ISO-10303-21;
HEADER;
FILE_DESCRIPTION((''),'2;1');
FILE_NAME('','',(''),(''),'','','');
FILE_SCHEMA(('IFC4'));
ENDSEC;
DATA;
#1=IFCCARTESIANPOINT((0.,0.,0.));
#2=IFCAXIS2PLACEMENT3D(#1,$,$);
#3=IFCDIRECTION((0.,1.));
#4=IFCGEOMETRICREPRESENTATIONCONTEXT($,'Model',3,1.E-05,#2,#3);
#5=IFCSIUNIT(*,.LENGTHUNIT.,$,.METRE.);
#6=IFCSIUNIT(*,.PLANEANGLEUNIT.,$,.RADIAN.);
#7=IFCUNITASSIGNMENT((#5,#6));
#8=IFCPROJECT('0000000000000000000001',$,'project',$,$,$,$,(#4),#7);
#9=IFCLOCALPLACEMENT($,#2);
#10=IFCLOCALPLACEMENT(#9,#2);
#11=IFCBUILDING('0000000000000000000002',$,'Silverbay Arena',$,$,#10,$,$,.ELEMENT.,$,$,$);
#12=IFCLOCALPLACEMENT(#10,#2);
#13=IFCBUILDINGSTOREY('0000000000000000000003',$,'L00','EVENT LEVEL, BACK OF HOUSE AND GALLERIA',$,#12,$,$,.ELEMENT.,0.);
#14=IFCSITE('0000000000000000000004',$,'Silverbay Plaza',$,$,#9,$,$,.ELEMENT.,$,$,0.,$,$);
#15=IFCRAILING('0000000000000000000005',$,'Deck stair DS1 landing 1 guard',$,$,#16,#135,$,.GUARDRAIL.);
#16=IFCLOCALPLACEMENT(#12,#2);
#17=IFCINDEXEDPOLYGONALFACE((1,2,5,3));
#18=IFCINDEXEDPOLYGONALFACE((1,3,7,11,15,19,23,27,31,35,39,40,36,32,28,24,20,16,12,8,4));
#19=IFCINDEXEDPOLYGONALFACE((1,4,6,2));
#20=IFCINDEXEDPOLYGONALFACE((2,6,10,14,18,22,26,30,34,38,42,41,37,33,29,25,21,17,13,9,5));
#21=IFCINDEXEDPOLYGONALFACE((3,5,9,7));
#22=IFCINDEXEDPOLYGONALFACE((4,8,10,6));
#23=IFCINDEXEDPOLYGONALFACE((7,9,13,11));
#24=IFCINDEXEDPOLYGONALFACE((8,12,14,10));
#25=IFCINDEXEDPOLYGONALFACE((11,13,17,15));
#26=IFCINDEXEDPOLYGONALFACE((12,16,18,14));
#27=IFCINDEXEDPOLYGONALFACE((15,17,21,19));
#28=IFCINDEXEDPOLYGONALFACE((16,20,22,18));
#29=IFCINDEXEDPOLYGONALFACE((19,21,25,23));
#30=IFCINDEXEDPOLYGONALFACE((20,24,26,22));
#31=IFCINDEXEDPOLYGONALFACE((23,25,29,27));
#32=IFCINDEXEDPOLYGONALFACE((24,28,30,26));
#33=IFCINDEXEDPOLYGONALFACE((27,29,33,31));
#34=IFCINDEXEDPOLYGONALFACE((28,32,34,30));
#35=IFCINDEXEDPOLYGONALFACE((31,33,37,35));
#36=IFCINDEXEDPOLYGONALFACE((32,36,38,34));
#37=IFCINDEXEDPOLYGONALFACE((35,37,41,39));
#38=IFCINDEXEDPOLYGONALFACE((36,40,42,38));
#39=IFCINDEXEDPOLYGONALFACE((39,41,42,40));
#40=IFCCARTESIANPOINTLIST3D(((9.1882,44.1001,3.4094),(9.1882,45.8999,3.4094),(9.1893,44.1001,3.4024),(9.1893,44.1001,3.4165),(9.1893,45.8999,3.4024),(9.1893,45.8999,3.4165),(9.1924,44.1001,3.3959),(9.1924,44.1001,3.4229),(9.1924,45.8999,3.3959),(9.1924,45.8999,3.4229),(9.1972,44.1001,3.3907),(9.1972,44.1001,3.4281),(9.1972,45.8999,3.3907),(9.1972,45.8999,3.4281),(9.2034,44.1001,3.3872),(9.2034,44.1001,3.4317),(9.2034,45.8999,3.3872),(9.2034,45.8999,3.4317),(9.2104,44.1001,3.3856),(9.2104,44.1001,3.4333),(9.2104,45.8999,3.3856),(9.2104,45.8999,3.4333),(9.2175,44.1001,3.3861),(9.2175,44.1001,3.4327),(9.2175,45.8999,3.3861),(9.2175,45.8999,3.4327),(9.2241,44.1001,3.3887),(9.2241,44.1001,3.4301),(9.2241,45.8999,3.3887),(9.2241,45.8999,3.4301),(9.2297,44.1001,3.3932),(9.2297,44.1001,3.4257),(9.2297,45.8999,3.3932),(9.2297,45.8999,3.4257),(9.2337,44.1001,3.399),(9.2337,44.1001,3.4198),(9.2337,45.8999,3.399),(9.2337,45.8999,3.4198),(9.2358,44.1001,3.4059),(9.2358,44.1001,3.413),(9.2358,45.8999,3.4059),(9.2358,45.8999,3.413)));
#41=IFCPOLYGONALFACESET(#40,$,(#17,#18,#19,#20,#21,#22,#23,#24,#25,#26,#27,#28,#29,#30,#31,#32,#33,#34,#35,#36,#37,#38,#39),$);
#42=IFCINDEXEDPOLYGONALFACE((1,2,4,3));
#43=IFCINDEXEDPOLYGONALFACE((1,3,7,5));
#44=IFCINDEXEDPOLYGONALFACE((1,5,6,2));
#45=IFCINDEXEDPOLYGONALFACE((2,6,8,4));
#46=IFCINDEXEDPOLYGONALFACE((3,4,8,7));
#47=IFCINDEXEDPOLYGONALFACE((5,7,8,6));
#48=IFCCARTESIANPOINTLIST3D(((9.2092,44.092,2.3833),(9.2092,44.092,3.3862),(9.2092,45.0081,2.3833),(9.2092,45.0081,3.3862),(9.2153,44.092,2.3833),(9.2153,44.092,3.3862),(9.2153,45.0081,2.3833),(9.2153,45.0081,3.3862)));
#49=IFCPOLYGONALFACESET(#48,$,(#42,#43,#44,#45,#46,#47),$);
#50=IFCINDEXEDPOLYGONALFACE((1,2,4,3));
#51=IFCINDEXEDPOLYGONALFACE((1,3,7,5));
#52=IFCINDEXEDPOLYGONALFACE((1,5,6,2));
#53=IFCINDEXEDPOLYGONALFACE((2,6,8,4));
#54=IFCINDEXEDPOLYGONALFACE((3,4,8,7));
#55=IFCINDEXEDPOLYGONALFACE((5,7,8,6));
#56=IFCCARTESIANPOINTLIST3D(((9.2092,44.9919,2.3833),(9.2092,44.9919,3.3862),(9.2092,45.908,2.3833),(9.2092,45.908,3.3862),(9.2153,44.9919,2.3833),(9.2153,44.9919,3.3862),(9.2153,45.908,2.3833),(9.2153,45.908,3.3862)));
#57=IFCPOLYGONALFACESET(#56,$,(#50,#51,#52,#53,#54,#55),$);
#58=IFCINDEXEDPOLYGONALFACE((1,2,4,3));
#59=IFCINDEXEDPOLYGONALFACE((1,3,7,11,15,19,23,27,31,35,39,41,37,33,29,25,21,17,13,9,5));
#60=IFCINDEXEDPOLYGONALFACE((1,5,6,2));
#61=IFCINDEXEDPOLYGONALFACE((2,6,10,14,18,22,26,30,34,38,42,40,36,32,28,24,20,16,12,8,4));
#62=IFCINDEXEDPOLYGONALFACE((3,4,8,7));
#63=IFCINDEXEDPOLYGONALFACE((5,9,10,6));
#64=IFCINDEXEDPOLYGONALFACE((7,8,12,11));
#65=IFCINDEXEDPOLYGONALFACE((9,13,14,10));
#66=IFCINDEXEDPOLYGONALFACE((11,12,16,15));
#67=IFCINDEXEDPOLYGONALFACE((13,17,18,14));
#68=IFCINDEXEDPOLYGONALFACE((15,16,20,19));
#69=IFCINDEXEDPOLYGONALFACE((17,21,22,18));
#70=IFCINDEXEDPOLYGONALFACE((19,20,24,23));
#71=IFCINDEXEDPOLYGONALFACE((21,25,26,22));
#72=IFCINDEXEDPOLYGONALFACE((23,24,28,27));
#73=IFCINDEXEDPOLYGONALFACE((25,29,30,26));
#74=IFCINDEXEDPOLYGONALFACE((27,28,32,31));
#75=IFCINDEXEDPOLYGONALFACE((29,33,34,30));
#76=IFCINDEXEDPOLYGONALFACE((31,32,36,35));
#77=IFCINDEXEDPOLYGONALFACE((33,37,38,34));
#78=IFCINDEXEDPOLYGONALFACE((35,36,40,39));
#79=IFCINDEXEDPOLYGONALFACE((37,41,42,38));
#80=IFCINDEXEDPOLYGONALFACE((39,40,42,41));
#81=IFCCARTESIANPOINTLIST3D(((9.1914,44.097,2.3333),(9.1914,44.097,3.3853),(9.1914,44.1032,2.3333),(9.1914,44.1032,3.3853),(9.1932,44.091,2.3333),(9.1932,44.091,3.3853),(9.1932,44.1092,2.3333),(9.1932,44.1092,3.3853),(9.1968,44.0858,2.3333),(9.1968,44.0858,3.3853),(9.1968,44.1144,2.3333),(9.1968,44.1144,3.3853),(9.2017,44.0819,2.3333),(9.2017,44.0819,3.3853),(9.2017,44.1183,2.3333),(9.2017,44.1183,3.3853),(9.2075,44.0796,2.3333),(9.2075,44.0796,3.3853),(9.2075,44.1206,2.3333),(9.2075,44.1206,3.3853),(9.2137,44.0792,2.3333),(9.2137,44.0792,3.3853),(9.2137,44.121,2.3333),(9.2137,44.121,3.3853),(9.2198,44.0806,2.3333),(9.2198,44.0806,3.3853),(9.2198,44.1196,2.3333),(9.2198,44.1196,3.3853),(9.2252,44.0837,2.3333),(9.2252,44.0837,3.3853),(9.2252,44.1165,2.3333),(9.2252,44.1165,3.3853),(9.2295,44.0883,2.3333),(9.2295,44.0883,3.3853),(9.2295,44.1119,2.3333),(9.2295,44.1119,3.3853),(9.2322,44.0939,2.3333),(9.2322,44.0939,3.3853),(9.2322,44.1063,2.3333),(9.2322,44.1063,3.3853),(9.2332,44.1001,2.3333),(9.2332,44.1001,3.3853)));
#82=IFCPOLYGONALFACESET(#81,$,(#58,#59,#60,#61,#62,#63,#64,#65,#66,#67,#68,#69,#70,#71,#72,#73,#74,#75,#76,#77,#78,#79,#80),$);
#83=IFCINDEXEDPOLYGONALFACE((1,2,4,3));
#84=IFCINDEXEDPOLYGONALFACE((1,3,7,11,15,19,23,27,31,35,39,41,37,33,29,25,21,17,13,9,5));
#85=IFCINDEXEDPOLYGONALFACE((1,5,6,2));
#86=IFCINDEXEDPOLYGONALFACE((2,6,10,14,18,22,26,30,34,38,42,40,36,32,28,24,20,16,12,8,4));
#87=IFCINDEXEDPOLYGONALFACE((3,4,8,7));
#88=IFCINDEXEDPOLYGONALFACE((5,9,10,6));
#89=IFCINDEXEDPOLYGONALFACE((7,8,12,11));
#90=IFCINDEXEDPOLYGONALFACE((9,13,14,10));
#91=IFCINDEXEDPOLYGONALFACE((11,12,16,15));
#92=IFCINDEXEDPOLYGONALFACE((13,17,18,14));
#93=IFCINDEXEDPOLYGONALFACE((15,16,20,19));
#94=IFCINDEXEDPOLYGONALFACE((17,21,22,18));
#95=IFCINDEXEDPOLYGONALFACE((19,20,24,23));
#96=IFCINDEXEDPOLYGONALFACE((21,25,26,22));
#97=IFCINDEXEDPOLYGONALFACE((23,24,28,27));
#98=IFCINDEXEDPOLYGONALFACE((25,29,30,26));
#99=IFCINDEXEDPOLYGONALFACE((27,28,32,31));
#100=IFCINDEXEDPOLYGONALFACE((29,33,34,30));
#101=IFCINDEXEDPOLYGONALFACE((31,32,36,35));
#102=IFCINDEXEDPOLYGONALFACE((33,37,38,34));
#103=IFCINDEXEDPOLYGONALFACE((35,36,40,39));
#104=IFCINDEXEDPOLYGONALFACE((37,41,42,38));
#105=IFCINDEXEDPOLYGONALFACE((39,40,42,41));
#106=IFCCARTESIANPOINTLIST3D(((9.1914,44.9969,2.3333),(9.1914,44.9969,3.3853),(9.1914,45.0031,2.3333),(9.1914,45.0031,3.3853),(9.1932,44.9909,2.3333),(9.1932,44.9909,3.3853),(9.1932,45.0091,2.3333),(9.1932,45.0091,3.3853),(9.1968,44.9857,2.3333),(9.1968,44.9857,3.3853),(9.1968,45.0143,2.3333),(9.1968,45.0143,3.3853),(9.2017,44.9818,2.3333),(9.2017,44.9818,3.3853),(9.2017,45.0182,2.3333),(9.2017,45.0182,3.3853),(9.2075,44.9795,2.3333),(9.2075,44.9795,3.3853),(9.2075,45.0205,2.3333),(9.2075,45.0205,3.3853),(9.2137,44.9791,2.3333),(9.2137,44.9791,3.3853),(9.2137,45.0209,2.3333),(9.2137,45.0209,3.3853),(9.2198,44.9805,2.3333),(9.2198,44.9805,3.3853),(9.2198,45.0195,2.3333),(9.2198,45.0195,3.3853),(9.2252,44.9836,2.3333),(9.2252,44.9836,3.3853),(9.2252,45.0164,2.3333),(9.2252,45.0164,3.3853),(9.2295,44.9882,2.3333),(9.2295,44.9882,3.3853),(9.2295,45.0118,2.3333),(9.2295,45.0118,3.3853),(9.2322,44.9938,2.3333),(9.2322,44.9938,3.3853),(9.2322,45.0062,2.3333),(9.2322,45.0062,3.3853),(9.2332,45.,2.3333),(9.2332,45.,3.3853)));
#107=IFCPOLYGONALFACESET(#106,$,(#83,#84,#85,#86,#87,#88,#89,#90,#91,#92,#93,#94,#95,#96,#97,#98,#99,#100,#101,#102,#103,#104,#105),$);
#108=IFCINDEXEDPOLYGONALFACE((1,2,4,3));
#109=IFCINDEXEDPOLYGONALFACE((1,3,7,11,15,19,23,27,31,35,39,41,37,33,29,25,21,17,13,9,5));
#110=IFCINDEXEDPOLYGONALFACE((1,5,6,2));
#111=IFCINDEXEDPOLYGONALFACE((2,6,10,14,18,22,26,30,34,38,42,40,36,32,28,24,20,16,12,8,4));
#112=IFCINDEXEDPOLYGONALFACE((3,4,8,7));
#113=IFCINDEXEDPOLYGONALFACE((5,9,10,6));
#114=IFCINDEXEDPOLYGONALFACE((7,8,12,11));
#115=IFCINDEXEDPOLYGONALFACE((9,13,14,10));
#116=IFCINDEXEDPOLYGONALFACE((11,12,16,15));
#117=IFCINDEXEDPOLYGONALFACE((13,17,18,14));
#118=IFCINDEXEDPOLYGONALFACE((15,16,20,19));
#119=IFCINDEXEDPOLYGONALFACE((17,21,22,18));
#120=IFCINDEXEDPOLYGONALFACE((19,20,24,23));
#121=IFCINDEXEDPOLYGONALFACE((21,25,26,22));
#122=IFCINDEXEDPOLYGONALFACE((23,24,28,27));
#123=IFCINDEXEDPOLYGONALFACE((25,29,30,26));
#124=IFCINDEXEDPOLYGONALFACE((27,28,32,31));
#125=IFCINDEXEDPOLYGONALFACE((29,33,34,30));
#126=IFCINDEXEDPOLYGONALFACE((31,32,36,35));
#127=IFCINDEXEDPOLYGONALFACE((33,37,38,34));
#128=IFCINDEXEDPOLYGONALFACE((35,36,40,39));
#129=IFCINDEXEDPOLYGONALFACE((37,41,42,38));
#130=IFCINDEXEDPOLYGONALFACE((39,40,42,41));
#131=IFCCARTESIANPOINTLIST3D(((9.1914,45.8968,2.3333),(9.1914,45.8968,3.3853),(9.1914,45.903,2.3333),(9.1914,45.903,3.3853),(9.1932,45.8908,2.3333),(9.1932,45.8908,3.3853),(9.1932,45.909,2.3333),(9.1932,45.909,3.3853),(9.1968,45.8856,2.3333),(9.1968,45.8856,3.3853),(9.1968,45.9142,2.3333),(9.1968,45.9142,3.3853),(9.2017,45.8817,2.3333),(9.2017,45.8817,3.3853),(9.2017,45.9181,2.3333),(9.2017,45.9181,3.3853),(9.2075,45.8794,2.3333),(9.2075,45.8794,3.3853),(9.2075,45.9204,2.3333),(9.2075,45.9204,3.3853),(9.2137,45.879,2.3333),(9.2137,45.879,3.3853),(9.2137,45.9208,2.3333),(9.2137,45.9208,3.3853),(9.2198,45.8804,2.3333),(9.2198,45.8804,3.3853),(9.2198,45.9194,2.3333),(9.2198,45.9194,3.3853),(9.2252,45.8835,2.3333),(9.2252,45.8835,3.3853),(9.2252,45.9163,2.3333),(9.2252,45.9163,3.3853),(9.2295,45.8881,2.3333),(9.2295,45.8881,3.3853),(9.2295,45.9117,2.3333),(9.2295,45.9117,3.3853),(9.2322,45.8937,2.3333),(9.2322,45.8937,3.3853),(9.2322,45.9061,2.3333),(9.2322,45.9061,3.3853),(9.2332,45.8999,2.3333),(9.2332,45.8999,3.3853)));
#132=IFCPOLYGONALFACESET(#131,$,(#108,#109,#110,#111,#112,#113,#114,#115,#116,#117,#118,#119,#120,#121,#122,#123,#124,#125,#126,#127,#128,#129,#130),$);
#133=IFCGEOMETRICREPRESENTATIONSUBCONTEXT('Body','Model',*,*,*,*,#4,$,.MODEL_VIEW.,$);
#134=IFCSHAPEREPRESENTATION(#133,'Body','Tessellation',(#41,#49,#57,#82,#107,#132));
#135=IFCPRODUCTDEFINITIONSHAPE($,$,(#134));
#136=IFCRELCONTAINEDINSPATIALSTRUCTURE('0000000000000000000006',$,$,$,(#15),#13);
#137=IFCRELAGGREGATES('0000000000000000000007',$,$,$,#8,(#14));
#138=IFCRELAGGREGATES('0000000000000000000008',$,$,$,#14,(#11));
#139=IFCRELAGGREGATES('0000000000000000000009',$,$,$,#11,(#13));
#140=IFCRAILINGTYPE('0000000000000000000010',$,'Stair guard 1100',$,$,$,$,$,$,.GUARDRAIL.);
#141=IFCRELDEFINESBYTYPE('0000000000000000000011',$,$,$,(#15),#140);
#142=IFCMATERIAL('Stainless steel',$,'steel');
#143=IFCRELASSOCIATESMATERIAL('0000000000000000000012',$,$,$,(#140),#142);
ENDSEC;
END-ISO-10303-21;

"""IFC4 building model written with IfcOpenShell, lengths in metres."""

from ifc_helpers import new_model, si_unit, direction, frame, origin, origin_2d, place, context, subcontext, project, spatial, polyline, circle, outline, extrude, material, type_object, element, save


model = new_model("IFC4")

# Units and contexts
model_context = context("Model", 3, precision=1e-05, world=origin(), true_north=direction((0.0, 1.0)))
body_context = subcontext(model_context, "Body", "Model", "MODEL_VIEW")
ifc_project = project(units=[si_unit("LENGTHUNIT", "METRE"), si_unit("PLANEANGLEUNIT", "RADIAN")], contexts=[model_context])

# Site, building, storey
site_placement = place(None, origin())
site = spatial("IfcSite", under=ifc_project, at=site_placement, Name="Silverbay Plaza", CompositionType="ELEMENT", RefElevation=0.0)
building_placement = place(site_placement, origin())
building = spatial("IfcBuilding", under=site, at=building_placement, Name="Silverbay Arena", CompositionType="ELEMENT")
storey_placement = place(building_placement, origin())
storey = spatial("IfcBuildingStorey", under=building, at=storey_placement, Name="L00", Description="EVENT LEVEL, BACK OF HOUSE AND GALLERIA", CompositionType="ELEMENT", Elevation=0.0)

# Railing
ifc_material_1 = material(Name="Stainless steel", Category="steel")
railing_type_1 = type_object("IfcRailingType", Name="Stair guard 1100", PredefinedType="GUARDRAIL", material=ifc_material_1)
for number, where, name in (
    (1, (9.2122, 44.1001, 2.3333), "Deck stair DS1 landing 1 guard"),
):
    element("IfcRailing", number, at=place(storey_placement, frame(where)), inside=storey, type_object=railing_type_1, Name=name, PredefinedType="GUARDRAIL", context=body_context, shape_type="SweptSolid", body=[
        extrude(circle(Radius=0.0239, at=origin_2d()), frame((0.0, 0.0, 1.0762), z_axis=(0.0, 1.0, 0.0), x_axis=(-1.0, 0.0, 0.0)), (0.0, 0.0, 1.0), 1.7998),
        extrude(outline(polyline([(-0.0081, 0.05), (0.908, 0.05), (0.908, 1.053), (-0.0081, 1.053), (-0.0081, 0.05)])), frame((-0.0029, 0.0, 0.0), z_axis=(1.0, 0.0, 0.0), x_axis=(0.0, 1.0, 0.0)), (0.0, 0.0, 1.0), 0.0061),
        extrude(outline(polyline([(-0.0081, 0.05), (0.908, 0.05), (0.908, 1.053), (-0.0081, 1.053), (-0.0081, 0.05)])), frame((-0.0029, 0.8999, 0.0), z_axis=(1.0, 0.0, 0.0), x_axis=(0.0, 1.0, 0.0)), (0.0, 0.0, 1.0), 0.0061),
        extrude(circle(Radius=0.021, at=origin_2d()), origin(), (0.0, 0.0, 1.0), 1.052),
        extrude(circle(Radius=0.021, at=origin_2d()), frame((0.0, 0.8999, 0.0)), (0.0, 0.0, 1.0), 1.052),
        extrude(circle(Radius=0.021, at=origin_2d()), frame((0.0, 1.7998, 0.0)), (0.0, 0.0, 1.0), 1.052),
    ])

save(model, "model.ifc")
